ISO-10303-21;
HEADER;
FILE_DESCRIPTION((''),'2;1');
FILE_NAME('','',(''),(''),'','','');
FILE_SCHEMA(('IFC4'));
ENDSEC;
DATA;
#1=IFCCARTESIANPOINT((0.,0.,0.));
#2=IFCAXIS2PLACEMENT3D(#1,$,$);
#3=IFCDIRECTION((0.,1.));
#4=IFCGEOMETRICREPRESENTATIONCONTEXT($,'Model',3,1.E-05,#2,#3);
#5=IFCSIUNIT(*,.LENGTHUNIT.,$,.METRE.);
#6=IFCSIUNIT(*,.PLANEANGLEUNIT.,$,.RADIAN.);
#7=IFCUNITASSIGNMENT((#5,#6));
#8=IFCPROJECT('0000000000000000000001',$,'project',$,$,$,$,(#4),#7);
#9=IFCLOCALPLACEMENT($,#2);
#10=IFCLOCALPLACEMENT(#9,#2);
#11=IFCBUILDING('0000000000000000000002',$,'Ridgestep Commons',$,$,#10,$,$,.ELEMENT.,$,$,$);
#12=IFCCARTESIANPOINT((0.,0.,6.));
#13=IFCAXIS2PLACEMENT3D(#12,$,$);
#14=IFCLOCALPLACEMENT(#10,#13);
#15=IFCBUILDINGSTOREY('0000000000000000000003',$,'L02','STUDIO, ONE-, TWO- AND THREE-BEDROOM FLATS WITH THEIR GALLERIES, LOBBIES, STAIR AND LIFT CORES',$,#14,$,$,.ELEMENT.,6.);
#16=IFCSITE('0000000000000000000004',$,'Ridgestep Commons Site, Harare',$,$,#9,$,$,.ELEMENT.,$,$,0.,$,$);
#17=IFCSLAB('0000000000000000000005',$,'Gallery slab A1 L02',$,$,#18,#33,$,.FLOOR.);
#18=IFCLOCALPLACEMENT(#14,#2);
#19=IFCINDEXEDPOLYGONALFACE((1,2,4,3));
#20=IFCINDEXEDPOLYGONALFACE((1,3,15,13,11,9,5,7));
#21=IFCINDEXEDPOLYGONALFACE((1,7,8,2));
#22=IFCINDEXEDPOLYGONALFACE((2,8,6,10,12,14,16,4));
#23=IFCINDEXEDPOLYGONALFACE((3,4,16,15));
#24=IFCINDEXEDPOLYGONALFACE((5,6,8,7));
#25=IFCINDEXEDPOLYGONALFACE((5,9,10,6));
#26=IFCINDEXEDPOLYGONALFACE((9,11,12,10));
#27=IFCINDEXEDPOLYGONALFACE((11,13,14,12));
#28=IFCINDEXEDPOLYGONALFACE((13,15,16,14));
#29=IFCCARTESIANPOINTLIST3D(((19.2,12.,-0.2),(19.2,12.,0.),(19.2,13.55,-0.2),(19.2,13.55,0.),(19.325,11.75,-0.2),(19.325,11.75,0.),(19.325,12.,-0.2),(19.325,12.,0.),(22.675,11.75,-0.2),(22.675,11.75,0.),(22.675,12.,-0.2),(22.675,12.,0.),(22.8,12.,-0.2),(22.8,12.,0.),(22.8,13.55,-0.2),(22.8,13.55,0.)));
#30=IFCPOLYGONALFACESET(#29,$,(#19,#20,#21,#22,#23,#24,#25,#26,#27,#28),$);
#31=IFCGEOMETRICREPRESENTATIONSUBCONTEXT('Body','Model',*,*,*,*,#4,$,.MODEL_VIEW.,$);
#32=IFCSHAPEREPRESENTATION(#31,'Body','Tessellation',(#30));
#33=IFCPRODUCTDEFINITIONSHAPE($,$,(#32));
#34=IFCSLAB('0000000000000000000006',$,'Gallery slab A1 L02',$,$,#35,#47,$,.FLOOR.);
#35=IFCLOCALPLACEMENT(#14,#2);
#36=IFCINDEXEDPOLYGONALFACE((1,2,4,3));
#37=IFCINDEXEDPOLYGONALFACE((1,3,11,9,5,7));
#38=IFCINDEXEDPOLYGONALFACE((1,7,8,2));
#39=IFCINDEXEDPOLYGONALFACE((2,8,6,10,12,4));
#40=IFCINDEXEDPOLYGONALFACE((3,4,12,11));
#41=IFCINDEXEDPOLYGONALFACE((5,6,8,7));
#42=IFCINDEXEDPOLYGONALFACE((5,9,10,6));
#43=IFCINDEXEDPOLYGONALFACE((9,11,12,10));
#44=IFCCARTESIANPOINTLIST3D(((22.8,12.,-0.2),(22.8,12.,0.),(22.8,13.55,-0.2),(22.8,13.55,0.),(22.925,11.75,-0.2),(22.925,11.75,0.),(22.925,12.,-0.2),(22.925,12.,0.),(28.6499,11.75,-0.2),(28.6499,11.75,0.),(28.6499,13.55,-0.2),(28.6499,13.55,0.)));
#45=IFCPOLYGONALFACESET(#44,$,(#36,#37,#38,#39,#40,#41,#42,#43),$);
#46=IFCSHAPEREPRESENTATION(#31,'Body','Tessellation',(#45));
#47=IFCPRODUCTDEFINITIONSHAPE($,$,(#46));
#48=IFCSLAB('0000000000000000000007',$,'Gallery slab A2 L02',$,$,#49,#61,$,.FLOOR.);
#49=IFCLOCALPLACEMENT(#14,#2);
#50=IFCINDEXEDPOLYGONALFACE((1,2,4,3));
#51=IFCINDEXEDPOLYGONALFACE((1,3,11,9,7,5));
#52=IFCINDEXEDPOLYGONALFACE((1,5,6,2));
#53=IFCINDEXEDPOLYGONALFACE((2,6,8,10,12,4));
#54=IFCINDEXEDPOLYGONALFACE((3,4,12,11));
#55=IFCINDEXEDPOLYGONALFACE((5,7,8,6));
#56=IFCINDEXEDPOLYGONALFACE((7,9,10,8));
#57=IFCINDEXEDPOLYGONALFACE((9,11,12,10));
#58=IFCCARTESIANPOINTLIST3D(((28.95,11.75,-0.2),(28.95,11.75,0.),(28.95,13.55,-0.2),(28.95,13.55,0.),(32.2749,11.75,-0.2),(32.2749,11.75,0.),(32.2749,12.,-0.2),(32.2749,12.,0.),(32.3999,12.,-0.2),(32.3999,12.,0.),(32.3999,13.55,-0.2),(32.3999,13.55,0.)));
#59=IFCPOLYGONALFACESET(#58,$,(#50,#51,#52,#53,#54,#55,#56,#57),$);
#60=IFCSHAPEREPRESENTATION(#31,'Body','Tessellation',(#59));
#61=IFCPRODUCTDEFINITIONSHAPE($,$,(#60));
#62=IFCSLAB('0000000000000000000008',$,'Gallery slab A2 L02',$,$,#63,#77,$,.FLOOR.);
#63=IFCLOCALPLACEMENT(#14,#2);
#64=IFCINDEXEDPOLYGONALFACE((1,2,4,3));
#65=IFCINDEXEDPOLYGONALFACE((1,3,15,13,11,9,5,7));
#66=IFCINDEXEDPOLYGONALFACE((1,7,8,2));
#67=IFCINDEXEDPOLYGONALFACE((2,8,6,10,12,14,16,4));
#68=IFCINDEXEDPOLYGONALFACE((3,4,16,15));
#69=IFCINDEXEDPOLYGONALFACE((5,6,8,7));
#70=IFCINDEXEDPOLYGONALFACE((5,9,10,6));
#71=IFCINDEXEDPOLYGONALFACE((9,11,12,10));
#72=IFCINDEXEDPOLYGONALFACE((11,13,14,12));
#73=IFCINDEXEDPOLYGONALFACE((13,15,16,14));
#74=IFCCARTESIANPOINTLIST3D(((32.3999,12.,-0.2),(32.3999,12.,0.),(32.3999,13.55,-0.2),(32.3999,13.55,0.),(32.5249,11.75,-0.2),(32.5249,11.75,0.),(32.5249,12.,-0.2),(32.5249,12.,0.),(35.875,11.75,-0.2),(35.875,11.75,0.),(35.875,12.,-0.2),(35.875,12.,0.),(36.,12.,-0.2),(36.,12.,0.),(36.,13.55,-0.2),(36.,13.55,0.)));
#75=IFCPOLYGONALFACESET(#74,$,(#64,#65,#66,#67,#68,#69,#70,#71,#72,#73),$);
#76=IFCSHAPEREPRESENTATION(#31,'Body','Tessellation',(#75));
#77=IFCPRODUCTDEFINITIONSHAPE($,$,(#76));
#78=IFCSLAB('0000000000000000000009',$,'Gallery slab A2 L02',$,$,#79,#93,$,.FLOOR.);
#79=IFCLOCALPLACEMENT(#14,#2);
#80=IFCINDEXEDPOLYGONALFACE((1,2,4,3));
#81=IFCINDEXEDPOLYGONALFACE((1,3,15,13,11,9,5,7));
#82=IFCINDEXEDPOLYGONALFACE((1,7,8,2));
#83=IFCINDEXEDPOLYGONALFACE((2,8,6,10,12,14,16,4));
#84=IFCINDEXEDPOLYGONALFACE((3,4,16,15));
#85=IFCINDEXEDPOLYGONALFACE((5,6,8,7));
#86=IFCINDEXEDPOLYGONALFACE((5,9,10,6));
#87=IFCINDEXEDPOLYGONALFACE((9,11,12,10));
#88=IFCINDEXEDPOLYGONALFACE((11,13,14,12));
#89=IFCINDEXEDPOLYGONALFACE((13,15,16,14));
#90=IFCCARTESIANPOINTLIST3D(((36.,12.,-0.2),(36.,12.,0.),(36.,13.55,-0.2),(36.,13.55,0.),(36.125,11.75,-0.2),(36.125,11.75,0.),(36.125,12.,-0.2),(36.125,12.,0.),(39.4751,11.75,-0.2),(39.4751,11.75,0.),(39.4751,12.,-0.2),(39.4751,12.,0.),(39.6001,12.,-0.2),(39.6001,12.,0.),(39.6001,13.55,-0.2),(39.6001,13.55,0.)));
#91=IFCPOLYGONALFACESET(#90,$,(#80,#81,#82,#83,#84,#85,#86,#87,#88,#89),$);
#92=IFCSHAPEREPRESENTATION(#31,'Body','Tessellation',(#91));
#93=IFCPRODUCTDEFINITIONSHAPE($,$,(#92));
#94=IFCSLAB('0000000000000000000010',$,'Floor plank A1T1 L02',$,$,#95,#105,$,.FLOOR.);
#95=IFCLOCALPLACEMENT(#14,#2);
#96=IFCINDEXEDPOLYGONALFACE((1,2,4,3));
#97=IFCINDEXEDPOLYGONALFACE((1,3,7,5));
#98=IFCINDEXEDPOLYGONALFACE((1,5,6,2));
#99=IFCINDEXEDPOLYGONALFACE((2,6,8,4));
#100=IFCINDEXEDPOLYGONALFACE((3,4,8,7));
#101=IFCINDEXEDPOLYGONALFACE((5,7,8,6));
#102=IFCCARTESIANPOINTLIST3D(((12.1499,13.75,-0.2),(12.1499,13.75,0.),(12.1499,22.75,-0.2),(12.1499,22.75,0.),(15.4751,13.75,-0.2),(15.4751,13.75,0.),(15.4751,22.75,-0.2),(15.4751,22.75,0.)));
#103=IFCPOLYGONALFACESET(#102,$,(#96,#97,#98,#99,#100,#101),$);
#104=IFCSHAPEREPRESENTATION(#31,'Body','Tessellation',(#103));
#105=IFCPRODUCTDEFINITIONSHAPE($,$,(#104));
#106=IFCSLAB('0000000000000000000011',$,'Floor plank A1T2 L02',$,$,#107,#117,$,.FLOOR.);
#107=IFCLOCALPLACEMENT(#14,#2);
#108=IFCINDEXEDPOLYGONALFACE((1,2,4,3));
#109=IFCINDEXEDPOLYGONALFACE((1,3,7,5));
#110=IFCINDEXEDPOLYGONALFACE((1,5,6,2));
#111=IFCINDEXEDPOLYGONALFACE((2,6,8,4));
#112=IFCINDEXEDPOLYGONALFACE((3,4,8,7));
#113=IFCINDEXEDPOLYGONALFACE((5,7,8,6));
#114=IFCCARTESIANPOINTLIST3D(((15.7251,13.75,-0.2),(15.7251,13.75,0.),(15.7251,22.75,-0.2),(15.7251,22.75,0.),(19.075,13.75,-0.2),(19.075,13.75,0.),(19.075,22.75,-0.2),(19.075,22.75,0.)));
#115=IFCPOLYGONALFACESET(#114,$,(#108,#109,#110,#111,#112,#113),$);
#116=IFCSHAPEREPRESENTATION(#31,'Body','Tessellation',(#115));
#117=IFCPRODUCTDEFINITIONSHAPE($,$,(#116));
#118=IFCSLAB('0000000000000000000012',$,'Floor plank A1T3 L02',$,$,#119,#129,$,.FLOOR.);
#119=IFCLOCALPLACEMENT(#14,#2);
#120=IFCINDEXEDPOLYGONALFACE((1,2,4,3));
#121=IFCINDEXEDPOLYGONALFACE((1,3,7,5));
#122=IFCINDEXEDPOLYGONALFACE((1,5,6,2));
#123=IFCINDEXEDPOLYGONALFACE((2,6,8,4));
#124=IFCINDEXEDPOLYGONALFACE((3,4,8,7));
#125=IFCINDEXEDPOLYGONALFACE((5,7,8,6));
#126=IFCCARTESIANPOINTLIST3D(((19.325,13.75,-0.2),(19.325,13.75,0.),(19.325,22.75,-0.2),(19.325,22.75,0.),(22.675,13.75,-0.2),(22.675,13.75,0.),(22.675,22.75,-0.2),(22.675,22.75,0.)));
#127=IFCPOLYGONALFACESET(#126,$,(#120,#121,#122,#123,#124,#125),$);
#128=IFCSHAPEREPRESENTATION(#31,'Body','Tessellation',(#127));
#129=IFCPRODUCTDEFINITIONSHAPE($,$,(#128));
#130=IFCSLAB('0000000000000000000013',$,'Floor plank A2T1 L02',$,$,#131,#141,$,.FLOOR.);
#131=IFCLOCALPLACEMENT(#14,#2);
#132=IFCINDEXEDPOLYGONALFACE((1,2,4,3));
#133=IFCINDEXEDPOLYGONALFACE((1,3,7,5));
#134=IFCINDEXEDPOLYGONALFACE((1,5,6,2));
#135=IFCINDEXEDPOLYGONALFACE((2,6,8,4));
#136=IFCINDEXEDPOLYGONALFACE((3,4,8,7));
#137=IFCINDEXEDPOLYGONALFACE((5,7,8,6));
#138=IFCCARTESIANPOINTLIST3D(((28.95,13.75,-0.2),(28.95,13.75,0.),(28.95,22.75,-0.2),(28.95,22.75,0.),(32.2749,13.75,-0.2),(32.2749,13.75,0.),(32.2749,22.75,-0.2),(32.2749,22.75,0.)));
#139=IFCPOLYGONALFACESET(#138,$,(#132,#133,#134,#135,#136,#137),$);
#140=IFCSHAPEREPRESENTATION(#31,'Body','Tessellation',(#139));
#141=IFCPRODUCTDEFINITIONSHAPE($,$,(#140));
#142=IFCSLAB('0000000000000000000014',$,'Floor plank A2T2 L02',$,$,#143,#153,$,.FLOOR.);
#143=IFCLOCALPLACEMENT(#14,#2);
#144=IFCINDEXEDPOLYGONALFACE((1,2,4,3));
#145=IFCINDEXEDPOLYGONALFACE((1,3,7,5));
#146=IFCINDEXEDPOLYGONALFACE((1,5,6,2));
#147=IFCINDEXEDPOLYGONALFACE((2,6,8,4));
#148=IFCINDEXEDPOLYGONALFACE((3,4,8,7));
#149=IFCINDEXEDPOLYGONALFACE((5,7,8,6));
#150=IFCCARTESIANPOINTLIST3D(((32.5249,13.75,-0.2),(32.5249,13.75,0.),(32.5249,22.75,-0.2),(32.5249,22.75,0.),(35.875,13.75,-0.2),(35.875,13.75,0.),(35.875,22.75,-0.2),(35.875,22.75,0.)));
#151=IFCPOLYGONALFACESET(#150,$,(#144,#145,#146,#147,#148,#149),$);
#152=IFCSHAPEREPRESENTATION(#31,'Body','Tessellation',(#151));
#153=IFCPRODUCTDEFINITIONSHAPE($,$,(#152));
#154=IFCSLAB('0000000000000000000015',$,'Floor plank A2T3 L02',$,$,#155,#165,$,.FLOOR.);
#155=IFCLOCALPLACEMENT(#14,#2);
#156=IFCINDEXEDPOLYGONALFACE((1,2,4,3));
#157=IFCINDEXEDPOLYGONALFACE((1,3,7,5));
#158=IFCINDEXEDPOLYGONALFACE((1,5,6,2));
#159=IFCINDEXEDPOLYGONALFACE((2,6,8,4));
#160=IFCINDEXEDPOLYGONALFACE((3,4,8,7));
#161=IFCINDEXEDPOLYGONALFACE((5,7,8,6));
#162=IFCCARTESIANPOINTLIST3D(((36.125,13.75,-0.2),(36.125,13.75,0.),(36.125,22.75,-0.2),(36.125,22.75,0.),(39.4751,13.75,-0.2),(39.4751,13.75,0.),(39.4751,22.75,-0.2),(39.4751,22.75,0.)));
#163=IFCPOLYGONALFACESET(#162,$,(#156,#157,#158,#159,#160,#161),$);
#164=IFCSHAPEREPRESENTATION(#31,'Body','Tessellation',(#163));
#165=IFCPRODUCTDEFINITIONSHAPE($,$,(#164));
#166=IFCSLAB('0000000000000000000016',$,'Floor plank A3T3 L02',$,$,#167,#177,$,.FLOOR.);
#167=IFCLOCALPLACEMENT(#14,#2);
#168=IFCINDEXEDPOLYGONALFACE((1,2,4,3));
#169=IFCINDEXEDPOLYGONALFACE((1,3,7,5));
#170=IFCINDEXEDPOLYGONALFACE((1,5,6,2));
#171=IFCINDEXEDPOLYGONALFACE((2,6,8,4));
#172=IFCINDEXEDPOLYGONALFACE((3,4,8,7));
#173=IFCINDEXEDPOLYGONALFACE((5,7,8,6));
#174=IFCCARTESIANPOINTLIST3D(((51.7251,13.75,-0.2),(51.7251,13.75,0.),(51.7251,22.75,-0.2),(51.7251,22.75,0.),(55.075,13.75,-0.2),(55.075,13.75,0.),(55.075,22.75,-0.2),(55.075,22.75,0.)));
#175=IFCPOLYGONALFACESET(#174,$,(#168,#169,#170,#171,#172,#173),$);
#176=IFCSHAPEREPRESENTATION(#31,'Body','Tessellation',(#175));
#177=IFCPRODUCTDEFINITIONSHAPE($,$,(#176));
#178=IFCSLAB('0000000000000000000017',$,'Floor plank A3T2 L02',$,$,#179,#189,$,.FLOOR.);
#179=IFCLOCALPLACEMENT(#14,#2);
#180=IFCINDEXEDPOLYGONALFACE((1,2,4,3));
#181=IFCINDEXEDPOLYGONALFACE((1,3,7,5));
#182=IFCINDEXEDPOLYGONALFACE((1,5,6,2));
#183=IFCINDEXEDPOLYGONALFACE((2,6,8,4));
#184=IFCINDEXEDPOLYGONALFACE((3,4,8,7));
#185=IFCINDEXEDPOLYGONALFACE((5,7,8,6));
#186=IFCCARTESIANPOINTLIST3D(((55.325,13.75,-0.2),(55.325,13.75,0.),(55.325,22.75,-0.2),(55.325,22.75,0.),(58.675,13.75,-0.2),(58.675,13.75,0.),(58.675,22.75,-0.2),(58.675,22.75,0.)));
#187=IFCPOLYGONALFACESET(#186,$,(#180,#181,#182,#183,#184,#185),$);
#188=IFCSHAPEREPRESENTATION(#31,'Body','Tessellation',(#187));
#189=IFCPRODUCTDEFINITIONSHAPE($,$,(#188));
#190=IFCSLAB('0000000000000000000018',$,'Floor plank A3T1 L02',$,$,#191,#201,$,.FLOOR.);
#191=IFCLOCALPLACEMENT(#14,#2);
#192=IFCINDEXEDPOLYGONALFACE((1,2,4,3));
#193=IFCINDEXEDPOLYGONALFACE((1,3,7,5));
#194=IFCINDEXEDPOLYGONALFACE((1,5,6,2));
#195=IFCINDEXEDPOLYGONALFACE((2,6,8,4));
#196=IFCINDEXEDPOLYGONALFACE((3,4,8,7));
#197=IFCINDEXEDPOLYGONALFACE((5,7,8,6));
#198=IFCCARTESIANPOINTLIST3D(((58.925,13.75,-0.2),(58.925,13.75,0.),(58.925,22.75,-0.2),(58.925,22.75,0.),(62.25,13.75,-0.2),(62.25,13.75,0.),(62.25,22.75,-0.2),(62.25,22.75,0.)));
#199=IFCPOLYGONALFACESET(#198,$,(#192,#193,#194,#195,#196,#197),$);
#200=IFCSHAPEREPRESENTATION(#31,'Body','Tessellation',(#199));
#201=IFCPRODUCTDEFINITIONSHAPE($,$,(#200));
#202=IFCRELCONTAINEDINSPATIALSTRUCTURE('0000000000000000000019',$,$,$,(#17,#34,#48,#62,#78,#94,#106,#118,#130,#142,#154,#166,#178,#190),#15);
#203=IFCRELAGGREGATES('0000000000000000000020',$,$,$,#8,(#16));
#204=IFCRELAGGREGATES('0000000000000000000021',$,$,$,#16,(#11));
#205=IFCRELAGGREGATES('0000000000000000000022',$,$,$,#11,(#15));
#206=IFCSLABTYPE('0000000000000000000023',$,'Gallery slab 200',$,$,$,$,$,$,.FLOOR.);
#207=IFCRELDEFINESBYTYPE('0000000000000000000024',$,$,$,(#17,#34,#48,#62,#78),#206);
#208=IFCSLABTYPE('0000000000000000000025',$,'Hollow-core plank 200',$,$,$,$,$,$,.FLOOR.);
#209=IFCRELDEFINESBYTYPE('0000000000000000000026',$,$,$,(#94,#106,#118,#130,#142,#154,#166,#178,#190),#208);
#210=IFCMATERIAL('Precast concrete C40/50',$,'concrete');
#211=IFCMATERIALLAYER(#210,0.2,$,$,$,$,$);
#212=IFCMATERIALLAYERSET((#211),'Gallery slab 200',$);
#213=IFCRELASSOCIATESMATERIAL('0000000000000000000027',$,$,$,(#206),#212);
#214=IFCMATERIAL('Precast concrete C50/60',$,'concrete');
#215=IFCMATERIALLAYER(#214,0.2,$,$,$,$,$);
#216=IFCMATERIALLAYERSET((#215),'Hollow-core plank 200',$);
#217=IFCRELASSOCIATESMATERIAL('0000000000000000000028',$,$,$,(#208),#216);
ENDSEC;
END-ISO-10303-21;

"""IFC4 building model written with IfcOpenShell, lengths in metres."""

from ifc_helpers import new_model, si_unit, direction, frame, origin, place, context, subcontext, project, spatial, polyline, outline, extrude, material, layer, layer_set, type_object, element, save


model = new_model("IFC4")

# Units and contexts
model_context = context("Model", 3, precision=1e-05, world=origin(), true_north=direction((0.0, 1.0)))
body_context = subcontext(model_context, "Body", "Model", "MODEL_VIEW")
ifc_project = project(units=[si_unit("LENGTHUNIT", "METRE"), si_unit("PLANEANGLEUNIT", "RADIAN")], contexts=[model_context])

# Site, building, storey
site_placement = place(None, origin())
site = spatial("IfcSite", under=ifc_project, at=site_placement, Name="Ridgestep Commons Site, Harare", CompositionType="ELEMENT", RefElevation=0.0)
building_placement = place(site_placement, origin())
building = spatial("IfcBuilding", under=site, at=building_placement, Name="Ridgestep Commons", CompositionType="ELEMENT")
storey_placement = place(building_placement, frame((0.0, 0.0, 6.0)))
storey = spatial("IfcBuildingStorey", under=building, at=storey_placement, Name="L02", Description="STUDIO, ONE-, TWO- AND THREE-BEDROOM FLATS WITH THEIR GALLERIES, LOBBIES, STAIR AND LIFT CORES", CompositionType="ELEMENT", Elevation=6.0)

# Slabs
ifc_material_1 = material(Name="Precast concrete C40/50", Category="concrete")
ifc_layer_1 = layer(ifc_material_1, 0.2)
ifc_layer_set_1 = layer_set([ifc_layer_1], Name="Gallery slab 200")
slab_type_1 = type_object("IfcSlabType", Name="Gallery slab 200", PredefinedType="FLOOR", material=ifc_layer_set_1)
slab_1_placement = place(storey_placement, frame((0.0, 0.0, -0.2)))
element("IfcSlab", 1, at=slab_1_placement, inside=storey, type_object=slab_type_1, Name="Gallery slab A1 L02", PredefinedType="FLOOR", context=body_context, shape_type="SweptSolid", body=[
    extrude(outline(polyline([(22.8, 13.55), (19.2, 13.55), (19.2, 12.0), (19.325, 12.0), (19.325, 11.75), (22.675, 11.75), (22.675, 12.0), (22.8, 12.0), (22.8, 13.55)])), origin(), (0.0, 0.0, 1.0), 0.2),
])
slab_2_placement = place(storey_placement, frame((0.0, 0.0, -0.2)))
element("IfcSlab", 2, at=slab_2_placement, inside=storey, type_object=slab_type_1, Name="Gallery slab A1 L02", PredefinedType="FLOOR", context=body_context, shape_type="SweptSolid", body=[
    extrude(outline(polyline([(22.8, 13.55), (22.8, 12.0), (22.925, 12.0), (22.925, 11.75), (28.6499, 11.75), (28.6499, 13.55), (22.8, 13.55)])), origin(), (0.0, 0.0, 1.0), 0.2),
])
slab_3_placement = place(storey_placement, frame((0.0, 0.0, -0.2)))
element("IfcSlab", 3, at=slab_3_placement, inside=storey, type_object=slab_type_1, Name="Gallery slab A2 L02", PredefinedType="FLOOR", context=body_context, shape_type="SweptSolid", body=[
    extrude(outline(polyline([(28.95, 11.75), (32.2749, 11.75), (32.2749, 12.0), (32.3999, 12.0), (32.3999, 13.55), (28.95, 13.55), (28.95, 11.75)])), origin(), (0.0, 0.0, 1.0), 0.2),
])
slab_4_placement = place(storey_placement, frame((0.0, 0.0, -0.2)))
element("IfcSlab", 4, at=slab_4_placement, inside=storey, type_object=slab_type_1, Name="Gallery slab A2 L02", PredefinedType="FLOOR", context=body_context, shape_type="SweptSolid", body=[
    extrude(outline(polyline([(36.0, 13.55), (32.3999, 13.55), (32.3999, 12.0), (32.5249, 12.0), (32.5249, 11.75), (35.875, 11.75), (35.875, 12.0), (36.0, 12.0), (36.0, 13.55)])), origin(), (0.0, 0.0, 1.0), 0.2),
])
slab_5_placement = place(storey_placement, frame((0.0, 0.0, -0.2)))
element("IfcSlab", 5, at=slab_5_placement, inside=storey, type_object=slab_type_1, Name="Gallery slab A2 L02", PredefinedType="FLOOR", context=body_context, shape_type="SweptSolid", body=[
    extrude(outline(polyline([(39.6001, 13.55), (36.0, 13.55), (36.0, 12.0), (36.125, 12.0), (36.125, 11.75), (39.4751, 11.75), (39.4751, 12.0), (39.6001, 12.0), (39.6001, 13.55)])), origin(), (0.0, 0.0, 1.0), 0.2),
])
ifc_material_2 = material(Name="Precast concrete C50/60", Category="concrete")
ifc_layer_2 = layer(ifc_material_2, 0.2)
ifc_layer_set_2 = layer_set([ifc_layer_2], Name="Hollow-core plank 200")
slab_type_2 = type_object("IfcSlabType", Name="Hollow-core plank 200", PredefinedType="FLOOR", material=ifc_layer_set_2)
slab_6_placement = place(storey_placement, frame((0.0, 0.0, -0.2)))
element("IfcSlab", 6, at=slab_6_placement, inside=storey, type_object=slab_type_2, Name="Floor plank A1T1 L02", PredefinedType="FLOOR", context=body_context, shape_type="SweptSolid", body=[
    extrude(outline(polyline([(15.4751, 13.75), (15.4751, 22.75), (12.1499, 22.75), (12.1499, 13.75), (15.4751, 13.75)])), origin(), (0.0, 0.0, 1.0), 0.2),
])
slab_7_placement = place(storey_placement, frame((0.0, 0.0, -0.2)))
element("IfcSlab", 7, at=slab_7_placement, inside=storey, type_object=slab_type_2, Name="Floor plank A1T2 L02", PredefinedType="FLOOR", context=body_context, shape_type="SweptSolid", body=[
    extrude(outline(polyline([(19.075, 13.75), (19.075, 22.75), (15.7251, 22.75), (15.7251, 13.75), (19.075, 13.75)])), origin(), (0.0, 0.0, 1.0), 0.2),
])
slab_8_placement = place(storey_placement, frame((0.0, 0.0, -0.2)))
element("IfcSlab", 8, at=slab_8_placement, inside=storey, type_object=slab_type_2, Name="Floor plank A1T3 L02", PredefinedType="FLOOR", context=body_context, shape_type="SweptSolid", body=[
    extrude(outline(polyline([(22.675, 13.75), (22.675, 22.75), (19.325, 22.75), (19.325, 13.75), (22.675, 13.75)])), origin(), (0.0, 0.0, 1.0), 0.2),
])
slab_9_placement = place(storey_placement, frame((0.0, 0.0, -0.2)))
element("IfcSlab", 9, at=slab_9_placement, inside=storey, type_object=slab_type_2, Name="Floor plank A2T1 L02", PredefinedType="FLOOR", context=body_context, shape_type="SweptSolid", body=[
    extrude(outline(polyline([(32.2749, 13.75), (32.2749, 22.75), (28.95, 22.75), (28.95, 13.75), (32.2749, 13.75)])), origin(), (0.0, 0.0, 1.0), 0.2),
])
slab_10_placement = place(storey_placement, frame((0.0, 0.0, -0.2)))
element("IfcSlab", 10, at=slab_10_placement, inside=storey, type_object=slab_type_2, Name="Floor plank A2T2 L02", PredefinedType="FLOOR", context=body_context, shape_type="SweptSolid", body=[
    extrude(outline(polyline([(35.875, 13.75), (35.875, 22.75), (32.5249, 22.75), (32.5249, 13.75), (35.875, 13.75)])), origin(), (0.0, 0.0, 1.0), 0.2),
])
slab_11_placement = place(storey_placement, frame((0.0, 0.0, -0.2)))
element("IfcSlab", 11, at=slab_11_placement, inside=storey, type_object=slab_type_2, Name="Floor plank A2T3 L02", PredefinedType="FLOOR", context=body_context, shape_type="SweptSolid", body=[
    extrude(outline(polyline([(39.4751, 13.75), (39.4751, 22.75), (36.125, 22.75), (36.125, 13.75), (39.4751, 13.75)])), origin(), (0.0, 0.0, 1.0), 0.2),
])
slab_12_placement = place(storey_placement, frame((0.0, 0.0, -0.2)))
element("IfcSlab", 12, at=slab_12_placement, inside=storey, type_object=slab_type_2, Name="Floor plank A3T3 L02", PredefinedType="FLOOR", context=body_context, shape_type="SweptSolid", body=[
    extrude(outline(polyline([(55.075, 13.75), (55.075, 22.75), (51.7251, 22.75), (51.7251, 13.75), (55.075, 13.75)])), origin(), (0.0, 0.0, 1.0), 0.2),
])
slab_13_placement = place(storey_placement, frame((0.0, 0.0, -0.2)))
element("IfcSlab", 13, at=slab_13_placement, inside=storey, type_object=slab_type_2, Name="Floor plank A3T2 L02", PredefinedType="FLOOR", context=body_context, shape_type="SweptSolid", body=[
    extrude(outline(polyline([(58.675, 13.75), (58.675, 22.75), (55.325, 22.75), (55.325, 13.75), (58.675, 13.75)])), origin(), (0.0, 0.0, 1.0), 0.2),
])
slab_14_placement = place(storey_placement, frame((0.0, 0.0, -0.2)))
element("IfcSlab", 14, at=slab_14_placement, inside=storey, type_object=slab_type_2, Name="Floor plank A3T1 L02", PredefinedType="FLOOR", context=body_context, shape_type="SweptSolid", body=[
    extrude(outline(polyline([(62.25, 13.75), (62.25, 22.75), (58.925, 22.75), (58.925, 13.75), (62.25, 13.75)])), origin(), (0.0, 0.0, 1.0), 0.2),
])

save(model, "model.ifc")
